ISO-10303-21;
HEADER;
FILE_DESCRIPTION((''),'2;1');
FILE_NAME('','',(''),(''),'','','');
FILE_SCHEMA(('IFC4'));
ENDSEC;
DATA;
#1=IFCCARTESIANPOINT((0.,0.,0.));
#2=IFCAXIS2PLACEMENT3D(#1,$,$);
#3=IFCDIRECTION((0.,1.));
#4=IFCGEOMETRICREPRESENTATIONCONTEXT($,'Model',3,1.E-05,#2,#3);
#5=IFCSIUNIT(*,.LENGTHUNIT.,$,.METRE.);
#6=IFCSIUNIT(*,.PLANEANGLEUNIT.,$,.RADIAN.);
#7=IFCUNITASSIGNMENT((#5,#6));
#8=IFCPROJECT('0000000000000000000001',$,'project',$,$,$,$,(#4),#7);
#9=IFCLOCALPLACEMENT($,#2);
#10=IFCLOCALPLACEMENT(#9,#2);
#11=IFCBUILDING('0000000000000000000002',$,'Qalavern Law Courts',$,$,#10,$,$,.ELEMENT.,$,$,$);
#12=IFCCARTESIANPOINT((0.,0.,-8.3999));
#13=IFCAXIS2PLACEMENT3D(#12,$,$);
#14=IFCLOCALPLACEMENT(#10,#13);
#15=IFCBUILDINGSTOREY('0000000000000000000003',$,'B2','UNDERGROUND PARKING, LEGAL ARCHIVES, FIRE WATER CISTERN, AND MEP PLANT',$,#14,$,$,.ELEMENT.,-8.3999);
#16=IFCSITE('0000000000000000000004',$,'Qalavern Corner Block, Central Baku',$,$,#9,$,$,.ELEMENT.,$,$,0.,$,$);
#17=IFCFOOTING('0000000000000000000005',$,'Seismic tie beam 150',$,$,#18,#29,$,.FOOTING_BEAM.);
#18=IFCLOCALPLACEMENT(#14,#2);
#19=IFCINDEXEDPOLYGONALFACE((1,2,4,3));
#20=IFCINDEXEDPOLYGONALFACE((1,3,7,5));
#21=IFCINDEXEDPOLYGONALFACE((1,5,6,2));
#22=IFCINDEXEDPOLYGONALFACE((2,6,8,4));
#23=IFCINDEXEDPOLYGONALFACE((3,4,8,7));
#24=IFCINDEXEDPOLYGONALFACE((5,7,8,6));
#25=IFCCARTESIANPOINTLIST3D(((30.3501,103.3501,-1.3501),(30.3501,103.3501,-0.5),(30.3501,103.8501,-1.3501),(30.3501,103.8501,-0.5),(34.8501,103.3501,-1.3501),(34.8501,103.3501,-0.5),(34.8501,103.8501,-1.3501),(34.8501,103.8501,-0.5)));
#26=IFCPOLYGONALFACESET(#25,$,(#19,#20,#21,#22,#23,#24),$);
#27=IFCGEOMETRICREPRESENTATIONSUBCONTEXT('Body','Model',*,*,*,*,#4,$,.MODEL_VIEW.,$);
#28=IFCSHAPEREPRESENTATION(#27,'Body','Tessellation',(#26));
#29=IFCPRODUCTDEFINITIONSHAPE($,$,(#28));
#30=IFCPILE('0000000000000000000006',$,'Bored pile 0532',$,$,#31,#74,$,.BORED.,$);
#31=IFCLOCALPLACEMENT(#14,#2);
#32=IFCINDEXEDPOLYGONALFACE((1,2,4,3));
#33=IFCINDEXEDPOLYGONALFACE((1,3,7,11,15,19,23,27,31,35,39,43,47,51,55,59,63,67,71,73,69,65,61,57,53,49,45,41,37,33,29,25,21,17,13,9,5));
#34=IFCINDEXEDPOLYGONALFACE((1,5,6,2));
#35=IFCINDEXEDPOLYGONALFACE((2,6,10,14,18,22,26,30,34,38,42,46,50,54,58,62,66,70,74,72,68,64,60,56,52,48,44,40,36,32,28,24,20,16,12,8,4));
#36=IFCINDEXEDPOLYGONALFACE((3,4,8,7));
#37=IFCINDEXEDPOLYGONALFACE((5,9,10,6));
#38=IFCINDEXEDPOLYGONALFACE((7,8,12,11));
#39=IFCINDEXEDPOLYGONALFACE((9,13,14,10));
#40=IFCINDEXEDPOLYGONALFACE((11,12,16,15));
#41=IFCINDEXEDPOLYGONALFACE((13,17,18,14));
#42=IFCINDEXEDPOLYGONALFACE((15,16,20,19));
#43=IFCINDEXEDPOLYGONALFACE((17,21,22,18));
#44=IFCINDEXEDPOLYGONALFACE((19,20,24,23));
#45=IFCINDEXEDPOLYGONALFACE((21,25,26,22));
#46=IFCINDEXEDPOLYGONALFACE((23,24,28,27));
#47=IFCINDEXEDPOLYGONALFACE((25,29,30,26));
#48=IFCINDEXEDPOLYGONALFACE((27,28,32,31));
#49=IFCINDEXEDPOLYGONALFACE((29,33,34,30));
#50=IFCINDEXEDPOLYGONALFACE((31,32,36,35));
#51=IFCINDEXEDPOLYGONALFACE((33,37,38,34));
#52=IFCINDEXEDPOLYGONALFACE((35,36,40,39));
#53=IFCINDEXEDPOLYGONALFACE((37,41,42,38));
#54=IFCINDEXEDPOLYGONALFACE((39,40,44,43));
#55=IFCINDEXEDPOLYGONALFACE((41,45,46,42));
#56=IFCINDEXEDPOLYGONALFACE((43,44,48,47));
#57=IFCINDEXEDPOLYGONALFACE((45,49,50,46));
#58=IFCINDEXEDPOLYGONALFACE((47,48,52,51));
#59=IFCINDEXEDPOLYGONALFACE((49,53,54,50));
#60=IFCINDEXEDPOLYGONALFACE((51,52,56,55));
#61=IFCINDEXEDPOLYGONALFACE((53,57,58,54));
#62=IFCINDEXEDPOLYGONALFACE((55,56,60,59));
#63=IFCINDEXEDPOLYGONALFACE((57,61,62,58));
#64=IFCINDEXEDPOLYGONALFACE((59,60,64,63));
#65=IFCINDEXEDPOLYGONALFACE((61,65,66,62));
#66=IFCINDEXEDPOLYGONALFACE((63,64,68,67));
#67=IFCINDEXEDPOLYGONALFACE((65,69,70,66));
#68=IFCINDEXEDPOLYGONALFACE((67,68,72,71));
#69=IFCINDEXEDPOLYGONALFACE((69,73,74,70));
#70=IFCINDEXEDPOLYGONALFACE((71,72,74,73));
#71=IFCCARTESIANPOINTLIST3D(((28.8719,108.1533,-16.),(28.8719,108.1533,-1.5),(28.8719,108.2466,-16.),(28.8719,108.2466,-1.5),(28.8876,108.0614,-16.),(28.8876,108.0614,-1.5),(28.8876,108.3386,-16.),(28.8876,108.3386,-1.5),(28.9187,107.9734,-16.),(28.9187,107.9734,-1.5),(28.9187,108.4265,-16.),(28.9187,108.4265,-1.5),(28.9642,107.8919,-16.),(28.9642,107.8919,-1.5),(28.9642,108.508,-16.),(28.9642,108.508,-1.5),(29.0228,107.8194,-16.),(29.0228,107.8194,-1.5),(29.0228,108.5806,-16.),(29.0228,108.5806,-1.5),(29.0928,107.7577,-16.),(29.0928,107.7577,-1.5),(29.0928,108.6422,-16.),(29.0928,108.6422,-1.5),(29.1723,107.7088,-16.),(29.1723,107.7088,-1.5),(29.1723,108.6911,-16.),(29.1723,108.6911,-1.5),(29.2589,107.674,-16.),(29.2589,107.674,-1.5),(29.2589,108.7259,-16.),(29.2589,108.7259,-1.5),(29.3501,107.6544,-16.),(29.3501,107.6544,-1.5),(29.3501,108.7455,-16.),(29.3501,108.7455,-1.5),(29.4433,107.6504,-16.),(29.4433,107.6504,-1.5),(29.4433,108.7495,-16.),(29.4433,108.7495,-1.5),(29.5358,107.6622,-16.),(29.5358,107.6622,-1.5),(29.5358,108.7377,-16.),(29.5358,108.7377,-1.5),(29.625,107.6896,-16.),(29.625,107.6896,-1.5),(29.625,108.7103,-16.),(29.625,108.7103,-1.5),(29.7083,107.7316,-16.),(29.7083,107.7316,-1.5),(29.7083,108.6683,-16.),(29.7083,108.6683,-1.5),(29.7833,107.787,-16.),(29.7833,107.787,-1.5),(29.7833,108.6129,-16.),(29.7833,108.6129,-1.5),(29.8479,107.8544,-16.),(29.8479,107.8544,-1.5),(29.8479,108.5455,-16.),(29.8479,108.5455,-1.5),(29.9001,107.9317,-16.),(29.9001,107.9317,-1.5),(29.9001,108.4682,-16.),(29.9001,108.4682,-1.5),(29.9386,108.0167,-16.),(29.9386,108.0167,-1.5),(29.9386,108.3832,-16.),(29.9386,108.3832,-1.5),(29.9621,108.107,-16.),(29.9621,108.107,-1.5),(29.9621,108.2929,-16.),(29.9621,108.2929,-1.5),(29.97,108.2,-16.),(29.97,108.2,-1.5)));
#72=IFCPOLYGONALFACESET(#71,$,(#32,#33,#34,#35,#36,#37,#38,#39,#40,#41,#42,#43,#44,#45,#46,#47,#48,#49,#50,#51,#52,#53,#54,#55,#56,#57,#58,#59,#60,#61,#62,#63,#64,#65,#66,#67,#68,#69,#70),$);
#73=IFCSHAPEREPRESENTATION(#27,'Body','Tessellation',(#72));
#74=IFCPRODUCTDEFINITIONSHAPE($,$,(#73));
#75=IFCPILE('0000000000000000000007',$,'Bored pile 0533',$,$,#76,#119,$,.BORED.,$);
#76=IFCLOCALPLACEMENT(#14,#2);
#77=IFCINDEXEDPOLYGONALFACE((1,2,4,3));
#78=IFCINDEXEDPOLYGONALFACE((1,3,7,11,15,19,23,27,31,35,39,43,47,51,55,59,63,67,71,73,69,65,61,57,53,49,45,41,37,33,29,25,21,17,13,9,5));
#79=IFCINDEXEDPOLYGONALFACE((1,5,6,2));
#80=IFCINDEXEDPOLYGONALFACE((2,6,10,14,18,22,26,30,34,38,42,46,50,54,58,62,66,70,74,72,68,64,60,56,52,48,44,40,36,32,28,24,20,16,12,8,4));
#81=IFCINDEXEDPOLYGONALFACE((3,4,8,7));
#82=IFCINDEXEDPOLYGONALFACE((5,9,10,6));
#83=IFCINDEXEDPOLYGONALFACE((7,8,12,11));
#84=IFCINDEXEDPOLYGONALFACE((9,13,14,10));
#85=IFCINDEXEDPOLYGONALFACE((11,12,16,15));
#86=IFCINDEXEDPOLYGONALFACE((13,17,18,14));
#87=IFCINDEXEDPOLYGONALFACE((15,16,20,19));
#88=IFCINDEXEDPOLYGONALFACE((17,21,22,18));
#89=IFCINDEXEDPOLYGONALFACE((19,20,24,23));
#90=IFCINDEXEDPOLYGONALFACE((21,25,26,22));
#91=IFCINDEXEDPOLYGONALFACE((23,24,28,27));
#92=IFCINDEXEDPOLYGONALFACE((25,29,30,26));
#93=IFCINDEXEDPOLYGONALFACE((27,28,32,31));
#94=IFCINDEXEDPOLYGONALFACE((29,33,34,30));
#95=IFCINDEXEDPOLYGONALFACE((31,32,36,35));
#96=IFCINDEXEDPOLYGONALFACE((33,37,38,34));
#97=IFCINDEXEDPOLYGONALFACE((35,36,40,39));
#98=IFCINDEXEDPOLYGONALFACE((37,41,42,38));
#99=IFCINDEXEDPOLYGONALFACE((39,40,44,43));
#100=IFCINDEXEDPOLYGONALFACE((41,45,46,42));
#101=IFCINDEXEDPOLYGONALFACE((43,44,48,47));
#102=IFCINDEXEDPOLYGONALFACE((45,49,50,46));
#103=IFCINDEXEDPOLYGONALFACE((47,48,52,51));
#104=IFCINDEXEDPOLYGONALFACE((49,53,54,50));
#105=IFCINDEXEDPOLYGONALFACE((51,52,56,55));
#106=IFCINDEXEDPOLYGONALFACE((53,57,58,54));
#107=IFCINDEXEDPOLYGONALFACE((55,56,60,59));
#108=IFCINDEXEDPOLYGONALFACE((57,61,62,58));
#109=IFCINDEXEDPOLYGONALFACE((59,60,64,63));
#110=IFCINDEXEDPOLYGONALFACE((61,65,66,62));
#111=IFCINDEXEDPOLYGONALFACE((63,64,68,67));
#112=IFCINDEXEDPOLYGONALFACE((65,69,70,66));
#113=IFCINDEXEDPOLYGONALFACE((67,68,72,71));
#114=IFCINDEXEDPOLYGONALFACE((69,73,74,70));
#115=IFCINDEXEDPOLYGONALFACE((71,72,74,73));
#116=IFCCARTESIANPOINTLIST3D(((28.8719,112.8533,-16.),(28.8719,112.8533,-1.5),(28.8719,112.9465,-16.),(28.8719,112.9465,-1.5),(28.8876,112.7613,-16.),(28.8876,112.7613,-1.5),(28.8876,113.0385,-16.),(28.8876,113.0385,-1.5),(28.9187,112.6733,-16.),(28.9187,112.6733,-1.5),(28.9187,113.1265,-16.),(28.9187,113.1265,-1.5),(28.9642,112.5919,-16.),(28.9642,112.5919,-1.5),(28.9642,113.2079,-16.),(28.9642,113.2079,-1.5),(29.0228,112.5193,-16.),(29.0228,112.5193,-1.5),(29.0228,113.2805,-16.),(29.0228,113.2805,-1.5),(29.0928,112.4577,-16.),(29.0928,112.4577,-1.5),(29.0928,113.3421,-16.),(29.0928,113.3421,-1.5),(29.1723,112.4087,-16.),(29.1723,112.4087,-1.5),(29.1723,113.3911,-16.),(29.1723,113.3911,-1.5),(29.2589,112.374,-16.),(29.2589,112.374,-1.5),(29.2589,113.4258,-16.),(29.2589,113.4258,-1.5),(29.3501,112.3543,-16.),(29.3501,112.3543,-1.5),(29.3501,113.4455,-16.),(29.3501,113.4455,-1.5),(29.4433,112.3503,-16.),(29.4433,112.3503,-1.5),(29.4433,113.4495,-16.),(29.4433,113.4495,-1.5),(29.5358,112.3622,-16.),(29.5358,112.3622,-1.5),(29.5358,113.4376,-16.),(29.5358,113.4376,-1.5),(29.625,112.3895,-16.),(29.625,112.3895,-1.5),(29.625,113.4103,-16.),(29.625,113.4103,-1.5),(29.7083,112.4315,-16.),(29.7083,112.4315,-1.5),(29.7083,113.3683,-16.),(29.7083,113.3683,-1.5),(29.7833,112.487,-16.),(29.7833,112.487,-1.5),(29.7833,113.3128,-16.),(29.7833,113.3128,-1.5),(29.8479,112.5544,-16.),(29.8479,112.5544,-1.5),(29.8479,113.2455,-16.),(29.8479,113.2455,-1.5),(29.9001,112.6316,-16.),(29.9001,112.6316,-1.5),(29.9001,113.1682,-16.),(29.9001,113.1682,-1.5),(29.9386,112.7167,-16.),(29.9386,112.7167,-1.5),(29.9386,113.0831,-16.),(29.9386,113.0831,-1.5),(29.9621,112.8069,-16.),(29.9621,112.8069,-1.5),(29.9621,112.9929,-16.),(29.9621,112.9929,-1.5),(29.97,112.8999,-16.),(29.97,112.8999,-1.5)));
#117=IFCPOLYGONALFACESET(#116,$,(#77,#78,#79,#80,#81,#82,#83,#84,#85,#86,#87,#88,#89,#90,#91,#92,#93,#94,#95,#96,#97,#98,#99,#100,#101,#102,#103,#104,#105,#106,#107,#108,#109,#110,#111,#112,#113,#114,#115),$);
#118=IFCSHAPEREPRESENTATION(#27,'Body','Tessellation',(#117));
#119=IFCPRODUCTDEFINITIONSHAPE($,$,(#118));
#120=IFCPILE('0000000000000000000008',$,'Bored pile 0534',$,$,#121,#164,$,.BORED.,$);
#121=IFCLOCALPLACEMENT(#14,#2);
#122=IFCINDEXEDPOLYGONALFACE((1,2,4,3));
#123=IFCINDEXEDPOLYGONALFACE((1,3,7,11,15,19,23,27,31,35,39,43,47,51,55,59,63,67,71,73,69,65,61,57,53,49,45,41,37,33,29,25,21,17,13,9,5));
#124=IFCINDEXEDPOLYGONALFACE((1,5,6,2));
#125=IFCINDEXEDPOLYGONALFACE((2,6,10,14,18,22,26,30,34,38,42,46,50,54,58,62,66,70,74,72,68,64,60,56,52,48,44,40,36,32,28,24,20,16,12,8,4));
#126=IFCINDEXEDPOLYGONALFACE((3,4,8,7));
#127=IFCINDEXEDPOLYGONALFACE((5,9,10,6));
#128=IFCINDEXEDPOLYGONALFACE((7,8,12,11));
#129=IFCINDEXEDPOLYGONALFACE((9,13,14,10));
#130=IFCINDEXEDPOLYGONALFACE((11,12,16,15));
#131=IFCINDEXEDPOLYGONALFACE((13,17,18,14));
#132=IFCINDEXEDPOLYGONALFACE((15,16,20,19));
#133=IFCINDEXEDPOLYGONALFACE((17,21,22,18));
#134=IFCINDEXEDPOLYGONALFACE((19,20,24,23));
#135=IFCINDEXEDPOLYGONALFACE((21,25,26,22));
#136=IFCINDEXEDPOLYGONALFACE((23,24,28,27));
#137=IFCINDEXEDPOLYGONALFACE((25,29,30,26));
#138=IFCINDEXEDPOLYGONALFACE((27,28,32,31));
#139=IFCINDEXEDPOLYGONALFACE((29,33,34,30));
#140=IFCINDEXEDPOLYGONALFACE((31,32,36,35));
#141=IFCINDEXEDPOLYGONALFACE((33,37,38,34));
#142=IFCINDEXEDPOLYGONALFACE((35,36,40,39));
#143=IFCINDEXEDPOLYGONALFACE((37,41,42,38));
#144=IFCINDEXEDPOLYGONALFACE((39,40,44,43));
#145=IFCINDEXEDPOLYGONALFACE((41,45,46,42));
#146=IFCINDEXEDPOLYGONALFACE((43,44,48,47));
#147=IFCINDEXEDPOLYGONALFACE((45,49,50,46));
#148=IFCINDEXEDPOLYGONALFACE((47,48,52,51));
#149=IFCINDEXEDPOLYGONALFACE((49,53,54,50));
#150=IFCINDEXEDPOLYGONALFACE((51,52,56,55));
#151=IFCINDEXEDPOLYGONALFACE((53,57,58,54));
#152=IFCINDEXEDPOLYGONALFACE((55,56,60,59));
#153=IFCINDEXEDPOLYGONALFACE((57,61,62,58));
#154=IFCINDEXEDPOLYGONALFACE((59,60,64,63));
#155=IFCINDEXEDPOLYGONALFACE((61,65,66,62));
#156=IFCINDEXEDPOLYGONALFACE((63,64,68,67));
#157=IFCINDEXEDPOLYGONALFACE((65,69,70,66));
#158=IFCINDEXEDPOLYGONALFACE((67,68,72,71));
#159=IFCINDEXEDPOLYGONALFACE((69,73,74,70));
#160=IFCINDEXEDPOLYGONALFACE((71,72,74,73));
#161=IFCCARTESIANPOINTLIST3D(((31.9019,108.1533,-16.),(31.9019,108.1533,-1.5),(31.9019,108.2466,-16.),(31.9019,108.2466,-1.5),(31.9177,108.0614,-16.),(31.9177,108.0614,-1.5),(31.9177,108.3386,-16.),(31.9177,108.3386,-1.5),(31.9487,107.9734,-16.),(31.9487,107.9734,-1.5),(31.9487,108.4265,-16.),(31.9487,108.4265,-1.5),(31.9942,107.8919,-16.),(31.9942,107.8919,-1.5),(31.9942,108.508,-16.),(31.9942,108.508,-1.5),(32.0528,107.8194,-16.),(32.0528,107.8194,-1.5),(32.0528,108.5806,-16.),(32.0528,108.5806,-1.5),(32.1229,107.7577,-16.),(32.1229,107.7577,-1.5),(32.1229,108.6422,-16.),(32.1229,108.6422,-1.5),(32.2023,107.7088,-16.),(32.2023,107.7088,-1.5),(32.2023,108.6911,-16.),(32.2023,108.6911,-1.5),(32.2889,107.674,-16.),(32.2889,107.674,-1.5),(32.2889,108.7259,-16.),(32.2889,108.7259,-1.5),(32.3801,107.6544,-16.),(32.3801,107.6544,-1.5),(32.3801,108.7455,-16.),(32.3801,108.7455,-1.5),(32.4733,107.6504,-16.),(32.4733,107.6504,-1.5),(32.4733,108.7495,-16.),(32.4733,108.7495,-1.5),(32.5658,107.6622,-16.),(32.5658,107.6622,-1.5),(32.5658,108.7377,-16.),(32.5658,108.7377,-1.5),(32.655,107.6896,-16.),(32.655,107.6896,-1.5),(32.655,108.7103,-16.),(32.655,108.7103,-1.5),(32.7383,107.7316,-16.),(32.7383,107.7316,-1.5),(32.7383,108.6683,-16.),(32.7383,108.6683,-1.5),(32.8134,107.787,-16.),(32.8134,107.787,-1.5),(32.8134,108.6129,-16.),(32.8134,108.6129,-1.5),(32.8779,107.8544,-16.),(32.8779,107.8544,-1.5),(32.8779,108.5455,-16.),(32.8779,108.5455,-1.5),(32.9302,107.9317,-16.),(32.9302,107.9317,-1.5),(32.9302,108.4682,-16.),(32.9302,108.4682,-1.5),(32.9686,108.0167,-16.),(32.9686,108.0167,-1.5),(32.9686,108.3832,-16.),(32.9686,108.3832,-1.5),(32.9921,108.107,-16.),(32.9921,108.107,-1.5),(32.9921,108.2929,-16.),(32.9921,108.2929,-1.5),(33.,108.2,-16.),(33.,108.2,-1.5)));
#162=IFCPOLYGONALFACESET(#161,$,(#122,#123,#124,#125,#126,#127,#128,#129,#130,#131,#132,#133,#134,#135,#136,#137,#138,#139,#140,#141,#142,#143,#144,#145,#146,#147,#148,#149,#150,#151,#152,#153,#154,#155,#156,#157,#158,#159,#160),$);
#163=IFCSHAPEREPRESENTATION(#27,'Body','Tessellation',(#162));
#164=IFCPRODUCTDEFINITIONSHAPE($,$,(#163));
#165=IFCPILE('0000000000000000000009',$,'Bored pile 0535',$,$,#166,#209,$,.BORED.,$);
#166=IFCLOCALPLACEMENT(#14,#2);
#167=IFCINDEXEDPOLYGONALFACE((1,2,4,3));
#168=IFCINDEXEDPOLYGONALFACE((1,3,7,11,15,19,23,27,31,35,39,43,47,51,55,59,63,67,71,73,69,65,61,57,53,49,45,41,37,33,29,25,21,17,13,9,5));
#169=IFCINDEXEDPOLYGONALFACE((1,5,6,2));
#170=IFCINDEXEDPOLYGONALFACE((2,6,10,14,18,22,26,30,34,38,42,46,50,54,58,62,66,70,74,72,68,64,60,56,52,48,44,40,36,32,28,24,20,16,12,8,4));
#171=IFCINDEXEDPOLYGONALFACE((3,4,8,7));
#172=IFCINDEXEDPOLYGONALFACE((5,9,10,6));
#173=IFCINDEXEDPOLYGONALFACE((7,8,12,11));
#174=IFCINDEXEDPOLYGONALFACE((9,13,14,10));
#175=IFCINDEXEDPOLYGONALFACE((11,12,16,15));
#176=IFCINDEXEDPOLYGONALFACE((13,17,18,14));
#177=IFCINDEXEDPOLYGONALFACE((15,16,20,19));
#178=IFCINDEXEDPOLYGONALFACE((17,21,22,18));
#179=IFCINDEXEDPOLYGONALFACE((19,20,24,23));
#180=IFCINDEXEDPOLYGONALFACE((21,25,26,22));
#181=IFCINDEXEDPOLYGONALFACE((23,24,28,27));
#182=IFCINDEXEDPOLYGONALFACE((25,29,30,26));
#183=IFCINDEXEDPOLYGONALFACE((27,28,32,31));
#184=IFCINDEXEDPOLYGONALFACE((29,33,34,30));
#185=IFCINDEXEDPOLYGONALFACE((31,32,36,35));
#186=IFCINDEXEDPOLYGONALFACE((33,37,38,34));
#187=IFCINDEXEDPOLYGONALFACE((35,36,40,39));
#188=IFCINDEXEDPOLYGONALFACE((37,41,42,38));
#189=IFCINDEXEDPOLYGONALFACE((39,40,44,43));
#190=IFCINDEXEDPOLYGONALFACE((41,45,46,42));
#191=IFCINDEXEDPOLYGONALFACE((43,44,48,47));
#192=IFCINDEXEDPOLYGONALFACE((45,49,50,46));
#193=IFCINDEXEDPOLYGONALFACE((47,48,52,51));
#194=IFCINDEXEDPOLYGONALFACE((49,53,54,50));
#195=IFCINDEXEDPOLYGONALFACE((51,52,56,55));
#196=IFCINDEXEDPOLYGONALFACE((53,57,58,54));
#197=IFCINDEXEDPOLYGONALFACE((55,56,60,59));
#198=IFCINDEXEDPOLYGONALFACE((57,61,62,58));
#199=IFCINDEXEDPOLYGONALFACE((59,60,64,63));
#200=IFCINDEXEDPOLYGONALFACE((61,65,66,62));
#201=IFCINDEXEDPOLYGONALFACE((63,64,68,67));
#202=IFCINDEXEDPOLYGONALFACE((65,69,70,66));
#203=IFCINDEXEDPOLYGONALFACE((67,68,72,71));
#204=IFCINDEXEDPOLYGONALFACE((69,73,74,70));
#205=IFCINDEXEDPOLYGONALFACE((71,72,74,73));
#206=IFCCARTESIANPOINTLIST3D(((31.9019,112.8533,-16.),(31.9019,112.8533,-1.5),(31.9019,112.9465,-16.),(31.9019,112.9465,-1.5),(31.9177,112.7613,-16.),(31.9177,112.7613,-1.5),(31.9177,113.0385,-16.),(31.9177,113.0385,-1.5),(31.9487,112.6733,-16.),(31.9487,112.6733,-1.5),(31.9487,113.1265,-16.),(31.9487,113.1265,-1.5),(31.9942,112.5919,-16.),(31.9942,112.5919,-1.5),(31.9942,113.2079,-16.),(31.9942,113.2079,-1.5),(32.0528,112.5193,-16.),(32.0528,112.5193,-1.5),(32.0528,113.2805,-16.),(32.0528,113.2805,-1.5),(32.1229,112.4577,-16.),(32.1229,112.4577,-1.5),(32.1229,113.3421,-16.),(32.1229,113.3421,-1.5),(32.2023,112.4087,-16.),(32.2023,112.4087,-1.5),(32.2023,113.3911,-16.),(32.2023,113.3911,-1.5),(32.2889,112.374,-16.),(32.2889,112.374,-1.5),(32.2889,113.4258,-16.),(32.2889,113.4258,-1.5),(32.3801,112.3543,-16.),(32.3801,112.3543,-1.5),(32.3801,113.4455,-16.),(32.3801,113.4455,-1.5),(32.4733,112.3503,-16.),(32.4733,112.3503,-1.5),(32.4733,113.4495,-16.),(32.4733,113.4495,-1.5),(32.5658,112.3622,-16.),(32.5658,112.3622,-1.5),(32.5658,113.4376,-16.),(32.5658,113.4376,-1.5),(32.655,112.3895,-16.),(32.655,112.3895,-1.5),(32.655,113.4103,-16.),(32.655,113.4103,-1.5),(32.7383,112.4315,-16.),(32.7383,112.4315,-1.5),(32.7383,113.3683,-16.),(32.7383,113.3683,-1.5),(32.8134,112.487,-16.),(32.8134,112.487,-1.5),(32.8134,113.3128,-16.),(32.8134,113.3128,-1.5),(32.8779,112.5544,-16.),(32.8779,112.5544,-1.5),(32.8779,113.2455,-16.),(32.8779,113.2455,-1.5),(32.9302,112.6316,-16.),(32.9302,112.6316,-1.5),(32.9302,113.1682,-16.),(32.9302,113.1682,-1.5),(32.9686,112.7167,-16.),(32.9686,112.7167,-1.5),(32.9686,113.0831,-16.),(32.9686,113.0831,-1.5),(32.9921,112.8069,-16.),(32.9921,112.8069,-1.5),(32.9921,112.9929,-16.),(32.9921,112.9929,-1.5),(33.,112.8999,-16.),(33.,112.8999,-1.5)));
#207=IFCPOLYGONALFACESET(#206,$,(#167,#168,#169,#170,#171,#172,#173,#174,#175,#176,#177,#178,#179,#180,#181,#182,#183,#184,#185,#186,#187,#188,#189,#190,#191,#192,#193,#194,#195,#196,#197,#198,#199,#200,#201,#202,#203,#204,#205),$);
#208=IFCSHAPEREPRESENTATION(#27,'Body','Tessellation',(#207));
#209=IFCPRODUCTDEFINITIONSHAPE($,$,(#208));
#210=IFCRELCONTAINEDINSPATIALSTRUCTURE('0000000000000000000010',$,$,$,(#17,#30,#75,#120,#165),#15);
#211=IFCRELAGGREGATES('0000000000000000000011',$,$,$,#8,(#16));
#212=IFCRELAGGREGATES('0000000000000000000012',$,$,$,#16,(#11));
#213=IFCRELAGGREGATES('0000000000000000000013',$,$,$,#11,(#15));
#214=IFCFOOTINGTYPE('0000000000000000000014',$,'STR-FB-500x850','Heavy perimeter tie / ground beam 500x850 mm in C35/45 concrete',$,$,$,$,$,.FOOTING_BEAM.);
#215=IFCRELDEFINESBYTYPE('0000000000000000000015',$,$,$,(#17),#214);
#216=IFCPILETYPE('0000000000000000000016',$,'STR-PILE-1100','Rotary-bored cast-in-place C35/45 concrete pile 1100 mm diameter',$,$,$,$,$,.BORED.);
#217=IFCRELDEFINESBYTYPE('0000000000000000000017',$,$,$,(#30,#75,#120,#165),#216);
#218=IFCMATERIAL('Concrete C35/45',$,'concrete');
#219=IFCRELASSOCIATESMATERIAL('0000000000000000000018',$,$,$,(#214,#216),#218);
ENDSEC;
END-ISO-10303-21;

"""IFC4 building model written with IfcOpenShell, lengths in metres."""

from ifc_helpers import new_model, si_unit, direction, frame, origin, origin_2d, place, context, subcontext, project, spatial, rectangle, circle, extrude, material, material_profile, profile_set, type_object, element, save


model = new_model("IFC4")

# Units and contexts
model_context = context("Model", 3, precision=1e-05, world=origin(), true_north=direction((0.0, 1.0)))
body_context = subcontext(model_context, "Body", "Model", "MODEL_VIEW")
ifc_project = project(units=[si_unit("LENGTHUNIT", "METRE"), si_unit("PLANEANGLEUNIT", "RADIAN")], contexts=[model_context])

# Site, building, storey
site_placement = place(None, origin())
site = spatial("IfcSite", under=ifc_project, at=site_placement, Name="Qalavern Corner Block, Central Baku", CompositionType="ELEMENT", RefElevation=0.0)
building_placement = place(site_placement, origin())
building = spatial("IfcBuilding", under=site, at=building_placement, Name="Qalavern Law Courts", CompositionType="ELEMENT")
storey_placement = place(building_placement, frame((0.0, 0.0, -8.3999)))
storey = spatial("IfcBuildingStorey", under=building, at=storey_placement, Name="B2", Description="UNDERGROUND PARKING, LEGAL ARCHIVES, FIRE WATER CISTERN, AND MEP PLANT", CompositionType="ELEMENT", Elevation=-8.3999)

# Footing
ifc_material_1 = material(Name="Concrete C35/45", Category="concrete")
ifc_material_profile_1 = material_profile(ifc_material_1, rectangle(XDim=0.5, YDim=0.8501, at=origin_2d()), Name="RC 500x850")
ifc_profile_set_1 = profile_set([ifc_material_profile_1], Name="Concrete C35/45")
footing_type = type_object("IfcFootingType", Name="STR-FB-500x850", Description="Heavy perimeter tie / ground beam 500x850 mm in C35/45 concrete", PredefinedType="FOOTING_BEAM", material=ifc_profile_set_1)
footing_placement = place(storey_placement, frame((30.3501, 103.6001, -0.925), z_axis=(1.0, 0.0, 0.0), x_axis=(0.0, 1.0, 0.0)))
element("IfcFooting", 1, at=footing_placement, inside=storey, type_object=footing_type, Name="Seismic tie beam 150", PredefinedType="FOOTING_BEAM", context=body_context, shape_type="SweptSolid", body=[
    extrude(rectangle(XDim=0.5, YDim=0.8501, at=origin_2d()), origin(), (0.0, 0.0, 1.0), 4.5),
])

# Piles
ifc_material_profile_2 = material_profile(ifc_material_1, circle(Radius=0.55, at=origin_2d()), Name="BORED PILE 1100")
ifc_profile_set_2 = profile_set([ifc_material_profile_2], Name="Concrete C35/45")
pile_type_1 = type_object("IfcPileType", Name="STR-PILE-1100", Description="Rotary-bored cast-in-place C35/45 concrete pile 1100 mm diameter", PredefinedType="BORED", material=ifc_profile_set_2)
for number, where, z_axis, x_axis, name in (
    (2, (29.4199, 108.2, -1.5), (0.0, 0.0, -1.0), (1.0, 0.0, 0.0), "Bored pile 0532"),
    (3, (29.4199, 112.8999, -1.5), (0.0, 0.0, -1.0), (1.0, 0.0, 0.0), "Bored pile 0533"),
    (4, (32.45, 108.2, -1.5), (0.0, 0.0, -1.0), (1.0, 0.0, 0.0), "Bored pile 0534"),
    (5, (32.45, 112.8999, -1.5), (0.0, 0.0, -1.0), (1.0, 0.0, 0.0), "Bored pile 0535"),
):
    element("IfcPile", number, at=place(storey_placement, frame(where, z_axis=z_axis, x_axis=x_axis)), inside=storey, type_object=pile_type_1, Name=name, PredefinedType="BORED", context=body_context, shape_type="SweptSolid", body=[
        extrude(circle(Radius=0.55, at=origin_2d()), origin(), (0.0, 0.0, 1.0), 14.5),
    ])

save(model, "model.ifc")
